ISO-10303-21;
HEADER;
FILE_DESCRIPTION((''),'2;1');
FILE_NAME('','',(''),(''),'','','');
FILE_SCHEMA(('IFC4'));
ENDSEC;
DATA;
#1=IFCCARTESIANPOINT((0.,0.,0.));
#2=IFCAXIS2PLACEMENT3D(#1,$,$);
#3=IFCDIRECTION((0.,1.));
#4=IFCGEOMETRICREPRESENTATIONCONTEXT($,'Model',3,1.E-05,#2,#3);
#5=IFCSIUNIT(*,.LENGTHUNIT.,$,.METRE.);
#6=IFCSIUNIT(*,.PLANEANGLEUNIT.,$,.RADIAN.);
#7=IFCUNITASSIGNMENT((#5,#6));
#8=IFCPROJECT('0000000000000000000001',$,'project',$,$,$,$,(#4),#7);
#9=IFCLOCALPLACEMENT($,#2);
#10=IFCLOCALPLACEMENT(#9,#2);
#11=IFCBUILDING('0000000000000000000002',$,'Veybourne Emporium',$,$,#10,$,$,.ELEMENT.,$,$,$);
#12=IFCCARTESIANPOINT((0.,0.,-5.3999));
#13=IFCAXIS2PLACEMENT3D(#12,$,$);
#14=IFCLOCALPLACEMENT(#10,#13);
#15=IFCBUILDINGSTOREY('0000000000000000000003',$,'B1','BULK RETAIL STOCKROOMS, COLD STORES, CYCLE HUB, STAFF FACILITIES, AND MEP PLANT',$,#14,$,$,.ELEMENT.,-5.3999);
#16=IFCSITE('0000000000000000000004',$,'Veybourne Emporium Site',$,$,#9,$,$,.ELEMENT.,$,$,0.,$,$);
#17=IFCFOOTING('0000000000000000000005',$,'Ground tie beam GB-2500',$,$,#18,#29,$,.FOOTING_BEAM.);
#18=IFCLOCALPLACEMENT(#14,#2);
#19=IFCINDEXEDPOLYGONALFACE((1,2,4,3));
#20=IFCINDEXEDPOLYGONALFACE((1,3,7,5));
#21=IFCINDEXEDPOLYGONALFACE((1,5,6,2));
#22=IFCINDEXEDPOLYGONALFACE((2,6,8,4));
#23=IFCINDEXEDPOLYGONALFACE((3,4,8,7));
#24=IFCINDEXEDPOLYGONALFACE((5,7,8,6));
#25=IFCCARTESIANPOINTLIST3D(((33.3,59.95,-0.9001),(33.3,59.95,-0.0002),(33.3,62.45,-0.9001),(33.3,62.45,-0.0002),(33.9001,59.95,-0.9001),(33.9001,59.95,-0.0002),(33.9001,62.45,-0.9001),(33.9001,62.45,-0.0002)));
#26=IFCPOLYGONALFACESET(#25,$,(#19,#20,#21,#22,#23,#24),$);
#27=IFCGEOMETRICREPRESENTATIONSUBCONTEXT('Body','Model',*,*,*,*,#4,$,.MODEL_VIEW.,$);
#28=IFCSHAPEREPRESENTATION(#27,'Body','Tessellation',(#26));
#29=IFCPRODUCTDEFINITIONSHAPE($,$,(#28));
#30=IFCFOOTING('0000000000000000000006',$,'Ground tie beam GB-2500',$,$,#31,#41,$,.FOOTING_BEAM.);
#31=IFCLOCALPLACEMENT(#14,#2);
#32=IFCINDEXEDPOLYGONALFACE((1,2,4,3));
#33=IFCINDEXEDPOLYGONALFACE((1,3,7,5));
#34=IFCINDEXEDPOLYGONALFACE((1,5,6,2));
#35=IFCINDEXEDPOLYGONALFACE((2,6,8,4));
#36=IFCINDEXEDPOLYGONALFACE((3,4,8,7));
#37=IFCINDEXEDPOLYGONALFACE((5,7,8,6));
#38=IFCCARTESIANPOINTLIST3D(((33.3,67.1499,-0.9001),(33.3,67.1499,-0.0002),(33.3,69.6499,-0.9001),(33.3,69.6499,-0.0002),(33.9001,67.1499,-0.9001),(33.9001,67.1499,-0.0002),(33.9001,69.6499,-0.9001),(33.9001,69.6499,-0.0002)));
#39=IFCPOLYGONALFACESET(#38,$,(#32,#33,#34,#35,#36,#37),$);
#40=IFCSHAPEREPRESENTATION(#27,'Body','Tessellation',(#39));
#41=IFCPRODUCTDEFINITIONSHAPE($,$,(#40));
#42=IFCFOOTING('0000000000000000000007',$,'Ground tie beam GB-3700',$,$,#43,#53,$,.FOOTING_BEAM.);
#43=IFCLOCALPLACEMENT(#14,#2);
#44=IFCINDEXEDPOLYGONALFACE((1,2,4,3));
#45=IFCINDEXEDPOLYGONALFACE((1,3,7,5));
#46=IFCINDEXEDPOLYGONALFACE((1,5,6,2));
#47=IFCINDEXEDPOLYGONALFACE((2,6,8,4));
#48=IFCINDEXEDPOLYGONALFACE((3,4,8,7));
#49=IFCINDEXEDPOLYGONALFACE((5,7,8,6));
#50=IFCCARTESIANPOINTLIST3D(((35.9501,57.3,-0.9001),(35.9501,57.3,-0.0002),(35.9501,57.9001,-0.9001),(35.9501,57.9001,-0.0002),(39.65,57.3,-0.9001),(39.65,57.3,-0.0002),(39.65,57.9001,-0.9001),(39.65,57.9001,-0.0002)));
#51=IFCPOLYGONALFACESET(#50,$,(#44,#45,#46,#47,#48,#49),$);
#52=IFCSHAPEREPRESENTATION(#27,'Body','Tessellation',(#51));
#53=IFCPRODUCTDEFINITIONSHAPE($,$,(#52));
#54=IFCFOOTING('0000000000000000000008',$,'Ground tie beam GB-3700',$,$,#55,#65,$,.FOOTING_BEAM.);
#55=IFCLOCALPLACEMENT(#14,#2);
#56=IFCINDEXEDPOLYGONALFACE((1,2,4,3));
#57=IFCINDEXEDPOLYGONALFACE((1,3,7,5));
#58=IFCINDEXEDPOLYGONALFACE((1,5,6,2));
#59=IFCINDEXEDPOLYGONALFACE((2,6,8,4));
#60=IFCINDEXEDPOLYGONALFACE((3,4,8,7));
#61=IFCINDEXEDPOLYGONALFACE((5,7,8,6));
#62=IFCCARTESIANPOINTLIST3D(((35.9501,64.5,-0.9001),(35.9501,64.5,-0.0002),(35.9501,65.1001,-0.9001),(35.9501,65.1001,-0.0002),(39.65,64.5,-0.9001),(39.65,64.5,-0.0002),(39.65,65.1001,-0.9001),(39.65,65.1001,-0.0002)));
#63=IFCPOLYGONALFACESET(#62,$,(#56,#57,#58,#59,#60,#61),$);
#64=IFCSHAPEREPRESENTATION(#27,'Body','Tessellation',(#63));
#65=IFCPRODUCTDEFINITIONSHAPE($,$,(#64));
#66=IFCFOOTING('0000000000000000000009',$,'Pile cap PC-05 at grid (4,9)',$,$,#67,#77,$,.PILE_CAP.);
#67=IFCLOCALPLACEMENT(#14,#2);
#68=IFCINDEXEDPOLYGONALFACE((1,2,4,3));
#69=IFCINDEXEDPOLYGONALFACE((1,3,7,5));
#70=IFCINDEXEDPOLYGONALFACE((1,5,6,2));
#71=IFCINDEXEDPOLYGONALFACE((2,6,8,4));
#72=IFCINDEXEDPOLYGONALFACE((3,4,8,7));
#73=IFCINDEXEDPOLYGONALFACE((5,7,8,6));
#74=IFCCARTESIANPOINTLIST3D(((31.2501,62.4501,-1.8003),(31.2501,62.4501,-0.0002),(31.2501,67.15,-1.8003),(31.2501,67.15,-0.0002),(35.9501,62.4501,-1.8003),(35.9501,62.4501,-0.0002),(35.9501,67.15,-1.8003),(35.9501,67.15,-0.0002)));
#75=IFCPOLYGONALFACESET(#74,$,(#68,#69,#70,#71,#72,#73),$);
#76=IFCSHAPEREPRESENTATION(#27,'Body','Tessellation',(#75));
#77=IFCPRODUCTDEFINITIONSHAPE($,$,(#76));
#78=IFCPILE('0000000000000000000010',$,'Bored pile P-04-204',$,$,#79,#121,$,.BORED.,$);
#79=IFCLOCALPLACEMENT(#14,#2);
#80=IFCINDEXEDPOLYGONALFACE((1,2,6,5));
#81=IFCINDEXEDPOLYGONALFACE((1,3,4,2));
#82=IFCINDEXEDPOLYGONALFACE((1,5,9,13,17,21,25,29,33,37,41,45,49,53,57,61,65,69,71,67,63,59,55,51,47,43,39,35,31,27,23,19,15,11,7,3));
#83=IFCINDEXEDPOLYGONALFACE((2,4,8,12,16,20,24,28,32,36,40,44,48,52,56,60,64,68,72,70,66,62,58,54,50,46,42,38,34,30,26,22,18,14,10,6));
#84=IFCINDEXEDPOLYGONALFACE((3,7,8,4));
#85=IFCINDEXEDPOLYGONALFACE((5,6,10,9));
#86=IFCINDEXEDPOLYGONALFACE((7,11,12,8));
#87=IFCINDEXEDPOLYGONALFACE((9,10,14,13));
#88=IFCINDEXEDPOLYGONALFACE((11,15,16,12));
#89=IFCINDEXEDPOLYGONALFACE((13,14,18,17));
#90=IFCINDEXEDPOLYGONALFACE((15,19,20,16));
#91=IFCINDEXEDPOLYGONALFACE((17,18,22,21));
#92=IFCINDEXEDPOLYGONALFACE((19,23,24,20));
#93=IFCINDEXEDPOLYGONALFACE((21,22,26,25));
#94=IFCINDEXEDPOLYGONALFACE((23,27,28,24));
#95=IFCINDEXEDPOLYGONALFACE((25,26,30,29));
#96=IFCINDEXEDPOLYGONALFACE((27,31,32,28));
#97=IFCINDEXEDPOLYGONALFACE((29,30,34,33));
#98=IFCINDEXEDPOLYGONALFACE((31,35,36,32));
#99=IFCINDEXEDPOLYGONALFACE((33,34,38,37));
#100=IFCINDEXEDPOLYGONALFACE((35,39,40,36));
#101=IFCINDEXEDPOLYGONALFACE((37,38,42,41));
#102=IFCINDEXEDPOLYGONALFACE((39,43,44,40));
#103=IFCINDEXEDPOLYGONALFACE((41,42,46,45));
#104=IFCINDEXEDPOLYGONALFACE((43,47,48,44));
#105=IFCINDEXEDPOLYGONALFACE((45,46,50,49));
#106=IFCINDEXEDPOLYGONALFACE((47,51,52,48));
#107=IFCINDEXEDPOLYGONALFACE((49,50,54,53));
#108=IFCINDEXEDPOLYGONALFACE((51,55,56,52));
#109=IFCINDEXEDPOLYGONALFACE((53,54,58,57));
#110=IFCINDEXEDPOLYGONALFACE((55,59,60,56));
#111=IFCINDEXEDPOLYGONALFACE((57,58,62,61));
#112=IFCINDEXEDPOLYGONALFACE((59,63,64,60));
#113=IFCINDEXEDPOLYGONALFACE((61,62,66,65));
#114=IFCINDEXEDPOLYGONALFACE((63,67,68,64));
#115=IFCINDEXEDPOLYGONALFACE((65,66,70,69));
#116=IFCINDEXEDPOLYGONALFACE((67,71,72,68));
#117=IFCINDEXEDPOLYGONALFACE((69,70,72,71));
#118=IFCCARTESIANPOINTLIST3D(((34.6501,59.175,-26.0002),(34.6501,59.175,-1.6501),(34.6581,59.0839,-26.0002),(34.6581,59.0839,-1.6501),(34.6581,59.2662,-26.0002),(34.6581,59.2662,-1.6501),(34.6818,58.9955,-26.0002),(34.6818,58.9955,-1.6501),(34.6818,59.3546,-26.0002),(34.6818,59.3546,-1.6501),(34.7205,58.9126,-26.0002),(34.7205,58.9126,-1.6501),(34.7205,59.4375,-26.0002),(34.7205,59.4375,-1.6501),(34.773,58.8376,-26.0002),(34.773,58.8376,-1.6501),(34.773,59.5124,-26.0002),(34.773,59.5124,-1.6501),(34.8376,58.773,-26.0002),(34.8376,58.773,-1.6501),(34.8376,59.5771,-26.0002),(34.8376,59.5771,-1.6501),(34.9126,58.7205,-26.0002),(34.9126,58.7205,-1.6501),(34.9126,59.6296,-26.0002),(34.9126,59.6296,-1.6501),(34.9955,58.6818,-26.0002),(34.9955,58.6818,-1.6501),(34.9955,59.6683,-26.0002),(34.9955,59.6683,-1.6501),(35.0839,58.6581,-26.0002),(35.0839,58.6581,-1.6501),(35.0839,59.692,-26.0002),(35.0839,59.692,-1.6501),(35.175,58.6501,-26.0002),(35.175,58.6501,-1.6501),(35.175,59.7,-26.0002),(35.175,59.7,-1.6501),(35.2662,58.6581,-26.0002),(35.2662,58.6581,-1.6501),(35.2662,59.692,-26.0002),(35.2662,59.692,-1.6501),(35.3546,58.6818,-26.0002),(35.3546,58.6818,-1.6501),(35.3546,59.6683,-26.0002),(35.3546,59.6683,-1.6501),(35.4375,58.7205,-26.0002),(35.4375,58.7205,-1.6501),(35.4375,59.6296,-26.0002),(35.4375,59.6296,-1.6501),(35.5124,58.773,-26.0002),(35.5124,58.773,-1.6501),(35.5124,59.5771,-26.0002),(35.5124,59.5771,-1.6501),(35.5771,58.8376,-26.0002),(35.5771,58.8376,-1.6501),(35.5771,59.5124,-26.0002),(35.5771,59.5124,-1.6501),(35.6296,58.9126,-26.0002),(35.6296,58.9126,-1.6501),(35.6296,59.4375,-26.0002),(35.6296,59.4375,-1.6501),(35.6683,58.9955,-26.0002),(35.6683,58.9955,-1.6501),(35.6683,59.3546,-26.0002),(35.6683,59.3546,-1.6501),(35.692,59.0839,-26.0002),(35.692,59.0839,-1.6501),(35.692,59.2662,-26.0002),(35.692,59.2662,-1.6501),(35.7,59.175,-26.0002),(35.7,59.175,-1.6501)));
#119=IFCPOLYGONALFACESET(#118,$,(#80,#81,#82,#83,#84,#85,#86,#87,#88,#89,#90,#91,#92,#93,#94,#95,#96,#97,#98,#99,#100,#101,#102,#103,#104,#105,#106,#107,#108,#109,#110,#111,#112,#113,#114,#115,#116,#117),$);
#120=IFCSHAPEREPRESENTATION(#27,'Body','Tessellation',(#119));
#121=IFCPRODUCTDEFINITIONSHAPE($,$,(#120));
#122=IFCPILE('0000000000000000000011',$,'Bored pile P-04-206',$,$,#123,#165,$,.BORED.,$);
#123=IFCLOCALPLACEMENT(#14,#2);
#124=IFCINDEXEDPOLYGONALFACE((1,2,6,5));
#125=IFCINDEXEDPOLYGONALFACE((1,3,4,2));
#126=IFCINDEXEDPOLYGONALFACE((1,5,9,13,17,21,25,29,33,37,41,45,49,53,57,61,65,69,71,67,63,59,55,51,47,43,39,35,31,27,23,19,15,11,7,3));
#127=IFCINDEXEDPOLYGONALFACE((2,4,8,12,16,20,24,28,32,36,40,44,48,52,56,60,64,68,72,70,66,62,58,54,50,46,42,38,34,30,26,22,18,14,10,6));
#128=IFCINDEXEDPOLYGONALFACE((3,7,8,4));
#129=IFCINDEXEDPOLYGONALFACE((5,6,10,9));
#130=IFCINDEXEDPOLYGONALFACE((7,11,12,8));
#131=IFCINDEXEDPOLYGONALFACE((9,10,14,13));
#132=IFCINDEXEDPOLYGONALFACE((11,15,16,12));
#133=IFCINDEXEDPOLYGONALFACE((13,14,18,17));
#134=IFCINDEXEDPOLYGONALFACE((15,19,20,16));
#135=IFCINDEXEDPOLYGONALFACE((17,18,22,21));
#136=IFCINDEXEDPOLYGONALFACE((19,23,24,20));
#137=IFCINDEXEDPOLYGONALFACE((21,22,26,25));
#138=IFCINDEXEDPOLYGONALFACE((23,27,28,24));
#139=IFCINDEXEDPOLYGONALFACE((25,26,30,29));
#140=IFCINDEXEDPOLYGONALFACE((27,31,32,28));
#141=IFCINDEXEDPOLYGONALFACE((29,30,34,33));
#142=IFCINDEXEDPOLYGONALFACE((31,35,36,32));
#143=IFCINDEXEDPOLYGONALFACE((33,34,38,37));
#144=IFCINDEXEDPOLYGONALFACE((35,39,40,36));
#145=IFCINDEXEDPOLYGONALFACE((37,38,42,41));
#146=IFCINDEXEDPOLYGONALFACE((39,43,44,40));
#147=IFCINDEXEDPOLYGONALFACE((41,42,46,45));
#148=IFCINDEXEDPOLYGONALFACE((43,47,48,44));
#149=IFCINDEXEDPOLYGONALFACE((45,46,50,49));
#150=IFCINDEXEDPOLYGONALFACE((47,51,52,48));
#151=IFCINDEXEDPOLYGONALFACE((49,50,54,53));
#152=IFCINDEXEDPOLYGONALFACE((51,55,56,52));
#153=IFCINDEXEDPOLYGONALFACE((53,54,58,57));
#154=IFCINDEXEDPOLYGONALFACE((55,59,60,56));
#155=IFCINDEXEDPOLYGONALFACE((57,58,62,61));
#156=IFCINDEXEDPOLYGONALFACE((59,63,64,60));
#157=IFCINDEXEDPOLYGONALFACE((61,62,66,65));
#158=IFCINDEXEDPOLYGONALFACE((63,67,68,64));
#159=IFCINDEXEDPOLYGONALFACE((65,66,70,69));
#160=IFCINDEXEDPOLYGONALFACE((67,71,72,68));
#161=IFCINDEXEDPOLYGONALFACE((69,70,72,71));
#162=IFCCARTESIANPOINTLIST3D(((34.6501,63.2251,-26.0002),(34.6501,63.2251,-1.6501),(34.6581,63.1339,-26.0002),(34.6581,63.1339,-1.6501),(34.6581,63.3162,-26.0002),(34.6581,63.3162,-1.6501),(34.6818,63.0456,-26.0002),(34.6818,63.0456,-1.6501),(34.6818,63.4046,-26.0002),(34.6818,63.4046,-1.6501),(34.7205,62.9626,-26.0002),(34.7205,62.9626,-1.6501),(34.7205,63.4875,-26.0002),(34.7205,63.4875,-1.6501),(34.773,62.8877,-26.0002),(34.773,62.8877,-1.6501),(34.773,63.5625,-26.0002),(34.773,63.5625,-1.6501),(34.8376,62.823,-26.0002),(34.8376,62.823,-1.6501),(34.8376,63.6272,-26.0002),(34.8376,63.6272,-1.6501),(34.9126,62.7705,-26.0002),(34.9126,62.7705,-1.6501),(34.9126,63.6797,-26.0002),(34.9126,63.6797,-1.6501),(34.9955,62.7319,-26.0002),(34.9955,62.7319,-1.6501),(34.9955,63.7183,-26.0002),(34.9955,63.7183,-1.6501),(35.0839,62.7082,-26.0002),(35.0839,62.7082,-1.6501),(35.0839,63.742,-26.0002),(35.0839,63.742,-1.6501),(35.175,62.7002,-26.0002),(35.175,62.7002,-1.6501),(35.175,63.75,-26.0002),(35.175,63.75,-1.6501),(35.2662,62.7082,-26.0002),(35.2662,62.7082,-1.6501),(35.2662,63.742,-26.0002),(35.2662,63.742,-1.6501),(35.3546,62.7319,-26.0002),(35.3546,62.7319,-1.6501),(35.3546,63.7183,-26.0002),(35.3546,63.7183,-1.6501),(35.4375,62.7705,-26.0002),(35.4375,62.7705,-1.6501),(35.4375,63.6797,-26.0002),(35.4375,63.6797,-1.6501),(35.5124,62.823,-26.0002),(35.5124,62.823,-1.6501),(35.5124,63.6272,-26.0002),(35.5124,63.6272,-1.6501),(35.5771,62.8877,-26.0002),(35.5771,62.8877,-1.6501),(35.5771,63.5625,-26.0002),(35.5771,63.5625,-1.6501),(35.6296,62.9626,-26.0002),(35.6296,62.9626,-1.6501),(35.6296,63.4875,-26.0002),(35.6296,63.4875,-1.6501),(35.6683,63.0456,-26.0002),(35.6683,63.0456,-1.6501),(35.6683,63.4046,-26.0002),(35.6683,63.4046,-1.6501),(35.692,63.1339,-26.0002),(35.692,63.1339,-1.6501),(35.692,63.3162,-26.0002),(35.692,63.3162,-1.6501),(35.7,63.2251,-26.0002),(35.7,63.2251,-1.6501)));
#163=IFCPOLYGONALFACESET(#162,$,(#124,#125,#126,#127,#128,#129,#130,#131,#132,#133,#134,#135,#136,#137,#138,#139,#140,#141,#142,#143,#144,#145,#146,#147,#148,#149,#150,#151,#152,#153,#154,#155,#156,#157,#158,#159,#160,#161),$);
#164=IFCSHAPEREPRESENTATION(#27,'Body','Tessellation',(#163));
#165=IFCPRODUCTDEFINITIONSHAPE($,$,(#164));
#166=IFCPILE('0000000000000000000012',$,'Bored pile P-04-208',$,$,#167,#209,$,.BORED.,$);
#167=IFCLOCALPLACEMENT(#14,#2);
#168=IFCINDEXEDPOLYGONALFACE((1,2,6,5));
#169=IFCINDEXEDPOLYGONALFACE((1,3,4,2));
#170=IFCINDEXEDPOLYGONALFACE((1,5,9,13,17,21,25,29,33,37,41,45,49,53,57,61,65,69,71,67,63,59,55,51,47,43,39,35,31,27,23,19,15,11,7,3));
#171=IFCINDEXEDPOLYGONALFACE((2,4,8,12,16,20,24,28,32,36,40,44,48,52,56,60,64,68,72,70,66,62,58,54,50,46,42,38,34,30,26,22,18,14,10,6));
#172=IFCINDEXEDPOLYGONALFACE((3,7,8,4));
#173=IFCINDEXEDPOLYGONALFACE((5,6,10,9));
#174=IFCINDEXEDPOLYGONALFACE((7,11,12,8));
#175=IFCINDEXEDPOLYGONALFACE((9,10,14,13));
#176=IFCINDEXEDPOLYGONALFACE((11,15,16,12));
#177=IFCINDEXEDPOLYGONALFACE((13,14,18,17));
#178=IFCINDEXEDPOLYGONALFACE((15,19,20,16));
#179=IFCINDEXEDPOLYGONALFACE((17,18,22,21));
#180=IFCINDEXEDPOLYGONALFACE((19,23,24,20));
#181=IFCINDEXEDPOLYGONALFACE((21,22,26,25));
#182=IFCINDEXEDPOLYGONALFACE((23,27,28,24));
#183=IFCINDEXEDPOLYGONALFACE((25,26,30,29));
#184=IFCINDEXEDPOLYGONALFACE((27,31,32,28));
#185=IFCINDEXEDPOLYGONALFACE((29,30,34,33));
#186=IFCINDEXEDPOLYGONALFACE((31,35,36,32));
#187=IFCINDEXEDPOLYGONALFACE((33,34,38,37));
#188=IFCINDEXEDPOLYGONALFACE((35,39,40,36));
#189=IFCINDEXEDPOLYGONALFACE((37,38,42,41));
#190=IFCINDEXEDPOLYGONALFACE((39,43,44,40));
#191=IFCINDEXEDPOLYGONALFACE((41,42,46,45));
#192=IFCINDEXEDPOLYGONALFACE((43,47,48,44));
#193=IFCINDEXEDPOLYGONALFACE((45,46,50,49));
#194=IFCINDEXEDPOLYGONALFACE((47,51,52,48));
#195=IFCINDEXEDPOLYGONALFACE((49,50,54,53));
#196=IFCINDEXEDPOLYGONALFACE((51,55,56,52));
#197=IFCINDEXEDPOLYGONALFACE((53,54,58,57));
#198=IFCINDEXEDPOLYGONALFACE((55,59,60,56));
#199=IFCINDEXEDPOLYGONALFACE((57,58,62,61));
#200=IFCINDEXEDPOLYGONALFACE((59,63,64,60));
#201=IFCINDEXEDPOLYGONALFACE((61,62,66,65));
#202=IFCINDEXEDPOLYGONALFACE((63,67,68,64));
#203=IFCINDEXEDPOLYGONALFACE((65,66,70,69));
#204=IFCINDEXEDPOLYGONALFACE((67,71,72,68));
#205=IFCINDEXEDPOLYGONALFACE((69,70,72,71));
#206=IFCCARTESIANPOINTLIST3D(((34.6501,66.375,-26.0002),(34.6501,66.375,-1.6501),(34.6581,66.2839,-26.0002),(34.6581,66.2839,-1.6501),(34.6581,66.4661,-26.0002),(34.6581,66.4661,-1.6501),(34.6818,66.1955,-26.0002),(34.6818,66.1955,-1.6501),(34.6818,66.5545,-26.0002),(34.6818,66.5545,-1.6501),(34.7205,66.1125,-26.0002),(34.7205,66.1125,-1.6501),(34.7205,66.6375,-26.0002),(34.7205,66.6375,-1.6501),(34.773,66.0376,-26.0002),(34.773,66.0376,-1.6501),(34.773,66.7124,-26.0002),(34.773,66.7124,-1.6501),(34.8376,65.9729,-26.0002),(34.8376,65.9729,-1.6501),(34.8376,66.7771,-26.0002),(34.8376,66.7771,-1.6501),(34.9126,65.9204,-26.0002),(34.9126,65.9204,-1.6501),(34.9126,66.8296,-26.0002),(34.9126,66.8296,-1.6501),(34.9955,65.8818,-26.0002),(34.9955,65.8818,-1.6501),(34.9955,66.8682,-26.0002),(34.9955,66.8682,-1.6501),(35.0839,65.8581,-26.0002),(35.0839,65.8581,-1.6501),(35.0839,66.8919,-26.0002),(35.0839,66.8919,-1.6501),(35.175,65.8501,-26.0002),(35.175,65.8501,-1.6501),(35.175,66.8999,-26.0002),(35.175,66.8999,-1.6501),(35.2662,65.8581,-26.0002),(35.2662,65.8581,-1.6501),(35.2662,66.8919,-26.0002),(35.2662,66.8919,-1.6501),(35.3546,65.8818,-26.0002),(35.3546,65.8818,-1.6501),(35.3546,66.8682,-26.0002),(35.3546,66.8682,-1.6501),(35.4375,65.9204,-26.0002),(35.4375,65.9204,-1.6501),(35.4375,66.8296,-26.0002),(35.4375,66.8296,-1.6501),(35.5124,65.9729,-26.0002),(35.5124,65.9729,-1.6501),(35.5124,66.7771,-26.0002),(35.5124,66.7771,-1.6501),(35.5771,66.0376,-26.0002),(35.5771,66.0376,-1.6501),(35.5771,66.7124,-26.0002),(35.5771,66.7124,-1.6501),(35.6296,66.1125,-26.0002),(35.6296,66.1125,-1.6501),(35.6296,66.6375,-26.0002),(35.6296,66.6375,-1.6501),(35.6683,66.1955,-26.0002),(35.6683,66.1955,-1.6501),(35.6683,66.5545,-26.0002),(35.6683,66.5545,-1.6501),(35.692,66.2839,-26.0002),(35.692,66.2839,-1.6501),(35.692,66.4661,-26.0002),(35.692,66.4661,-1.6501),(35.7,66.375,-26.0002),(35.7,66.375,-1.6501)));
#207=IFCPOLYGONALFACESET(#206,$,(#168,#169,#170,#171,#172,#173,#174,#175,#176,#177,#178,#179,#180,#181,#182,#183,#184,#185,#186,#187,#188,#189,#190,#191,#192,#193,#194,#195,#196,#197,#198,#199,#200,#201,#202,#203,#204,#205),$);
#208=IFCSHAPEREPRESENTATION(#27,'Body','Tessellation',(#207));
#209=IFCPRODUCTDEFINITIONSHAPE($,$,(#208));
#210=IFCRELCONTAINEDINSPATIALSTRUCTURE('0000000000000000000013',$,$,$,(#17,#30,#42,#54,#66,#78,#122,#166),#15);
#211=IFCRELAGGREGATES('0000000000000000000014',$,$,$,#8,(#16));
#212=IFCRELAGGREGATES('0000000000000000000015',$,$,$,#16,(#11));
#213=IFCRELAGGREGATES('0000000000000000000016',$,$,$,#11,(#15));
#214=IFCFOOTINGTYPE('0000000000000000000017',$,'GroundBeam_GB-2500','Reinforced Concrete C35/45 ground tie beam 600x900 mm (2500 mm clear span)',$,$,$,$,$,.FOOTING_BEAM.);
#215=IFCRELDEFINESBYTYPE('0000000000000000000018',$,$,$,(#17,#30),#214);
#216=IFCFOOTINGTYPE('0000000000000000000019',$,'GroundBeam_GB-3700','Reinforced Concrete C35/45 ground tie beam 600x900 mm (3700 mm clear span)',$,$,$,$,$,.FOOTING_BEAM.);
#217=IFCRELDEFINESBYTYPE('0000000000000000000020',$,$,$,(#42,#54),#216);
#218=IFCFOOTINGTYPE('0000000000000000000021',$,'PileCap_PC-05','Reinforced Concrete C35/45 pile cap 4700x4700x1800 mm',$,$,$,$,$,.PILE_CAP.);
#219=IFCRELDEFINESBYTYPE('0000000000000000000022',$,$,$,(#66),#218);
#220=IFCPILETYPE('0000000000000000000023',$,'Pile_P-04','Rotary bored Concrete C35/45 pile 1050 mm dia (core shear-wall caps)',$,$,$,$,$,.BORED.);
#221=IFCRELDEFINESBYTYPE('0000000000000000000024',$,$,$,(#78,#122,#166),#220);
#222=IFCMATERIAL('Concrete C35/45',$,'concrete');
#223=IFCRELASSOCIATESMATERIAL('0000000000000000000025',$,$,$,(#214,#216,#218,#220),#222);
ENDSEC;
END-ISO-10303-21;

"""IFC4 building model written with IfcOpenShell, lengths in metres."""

from ifc_helpers import new_model, si_unit, direction, frame, origin, origin_2d, place, context, subcontext, project, spatial, rectangle, circle, extrude, material, material_profile, profile_set, type_object, element, save


model = new_model("IFC4")

# Units and contexts
model_context = context("Model", 3, precision=1e-05, world=origin(), true_north=direction((0.0, 1.0)))
body_context = subcontext(model_context, "Body", "Model", "MODEL_VIEW")
ifc_project = project(units=[si_unit("LENGTHUNIT", "METRE"), si_unit("PLANEANGLEUNIT", "RADIAN")], contexts=[model_context])

# Site, building, storey
site_placement = place(None, origin())
site = spatial("IfcSite", under=ifc_project, at=site_placement, Name="Veybourne Emporium Site", CompositionType="ELEMENT", RefElevation=0.0)
building_placement = place(site_placement, origin())
building = spatial("IfcBuilding", under=site, at=building_placement, Name="Veybourne Emporium", CompositionType="ELEMENT")
storey_placement = place(building_placement, frame((0.0, 0.0, -5.3999)))
storey = spatial("IfcBuildingStorey", under=building, at=storey_placement, Name="B1", Description="BULK RETAIL STOCKROOMS, COLD STORES, CYCLE HUB, STAFF FACILITIES, AND MEP PLANT", CompositionType="ELEMENT", Elevation=-5.3999)

# Footings
ifc_material_1 = material(Name="Concrete C35/45", Category="concrete")
footing_type_1 = type_object("IfcFootingType", Name="GroundBeam_GB-2500", Description="Reinforced Concrete C35/45 ground tie beam 600x900 mm (2500 mm clear span)", PredefinedType="FOOTING_BEAM", material=ifc_material_1)
for number, where, z_axis, x_axis, name in (
    (1, (33.6001, 61.2, -0.9001), (0.0, 0.0, 1.0), (0.0, 1.0, 0.0), "Ground tie beam GB-2500"),
    (2, (33.6001, 68.3999, -0.9001), (0.0, 0.0, 1.0), (0.0, 1.0, 0.0), "Ground tie beam GB-2500"),
):
    element("IfcFooting", number, at=place(storey_placement, frame(where, z_axis=z_axis, x_axis=x_axis)), inside=storey, type_object=footing_type_1, Name=name, PredefinedType="FOOTING_BEAM", context=body_context, shape_type="SweptSolid", body=[
        extrude(rectangle(XDim=2.5, YDim=0.6001, at=origin_2d()), origin(), (0.0, 0.0, 1.0), 0.8999),
    ])
footing_type_2 = type_object("IfcFootingType", Name="GroundBeam_GB-3700", Description="Reinforced Concrete C35/45 ground tie beam 600x900 mm (3700 mm clear span)", PredefinedType="FOOTING_BEAM", material=ifc_material_1)
for number, where, z_axis, x_axis, name in (
    (3, (37.8, 57.6001, -0.9001), (0.0, 0.0, 1.0), (1.0, 0.0, 0.0), "Ground tie beam GB-3700"),
    (4, (37.8, 64.8, -0.9001), (0.0, 0.0, 1.0), (1.0, 0.0, 0.0), "Ground tie beam GB-3700"),
):
    element("IfcFooting", number, at=place(storey_placement, frame(where, z_axis=z_axis, x_axis=x_axis)), inside=storey, type_object=footing_type_2, Name=name, PredefinedType="FOOTING_BEAM", context=body_context, shape_type="SweptSolid", body=[
        extrude(rectangle(XDim=3.7, YDim=0.6001, at=origin_2d()), origin(), (0.0, 0.0, 1.0), 0.8999),
    ])
footing_type_3 = type_object("IfcFootingType", Name="PileCap_PC-05", Description="Reinforced Concrete C35/45 pile cap 4700x4700x1800 mm", PredefinedType="PILE_CAP", material=ifc_material_1)
footing_placement = place(storey_placement, frame((33.6001, 64.8, -1.8003), z_axis=(0.0, 0.0, 1.0), x_axis=(1.0, 0.0, 0.0)))
element("IfcFooting", 5, at=footing_placement, inside=storey, type_object=footing_type_3, Name="Pile cap PC-05 at grid (4,9)", PredefinedType="PILE_CAP", context=body_context, shape_type="SweptSolid", body=[
    extrude(rectangle(XDim=4.7, YDim=4.7, at=origin_2d()), origin(), (0.0, 0.0, 1.0), 1.8),
])

# Piles
ifc_material_profile_1 = material_profile(ifc_material_1, circle(Radius=0.5249, at=origin_2d()), Name="BORED PILE 1050")
ifc_profile_set_1 = profile_set([ifc_material_profile_1], Name="Concrete C35/45")
pile_type = type_object("IfcPileType", Name="Pile_P-04", Description="Rotary bored Concrete C35/45 pile 1050 mm dia (core shear-wall caps)", PredefinedType="BORED", material=ifc_profile_set_1)
for number, where, z_axis, x_axis, name in (
    (6, (35.175, 59.175, -1.6501), (0.0, 0.0, -1.0), (1.0, 0.0, 0.0), "Bored pile P-04-204"),
    (7, (35.175, 63.2251, -1.6501), (0.0, 0.0, -1.0), (1.0, 0.0, 0.0), "Bored pile P-04-206"),
    (8, (35.175, 66.375, -1.6501), (0.0, 0.0, -1.0), (1.0, 0.0, 0.0), "Bored pile P-04-208"),
):
    element("IfcPile", number, at=place(storey_placement, frame(where, z_axis=z_axis, x_axis=x_axis)), inside=storey, type_object=pile_type, Name=name, PredefinedType="BORED", context=body_context, shape_type="SweptSolid", body=[
        extrude(circle(Radius=0.5249, at=origin_2d()), origin(), (0.0, 0.0, 1.0), 24.3501),
    ])

save(model, "model.ifc")
